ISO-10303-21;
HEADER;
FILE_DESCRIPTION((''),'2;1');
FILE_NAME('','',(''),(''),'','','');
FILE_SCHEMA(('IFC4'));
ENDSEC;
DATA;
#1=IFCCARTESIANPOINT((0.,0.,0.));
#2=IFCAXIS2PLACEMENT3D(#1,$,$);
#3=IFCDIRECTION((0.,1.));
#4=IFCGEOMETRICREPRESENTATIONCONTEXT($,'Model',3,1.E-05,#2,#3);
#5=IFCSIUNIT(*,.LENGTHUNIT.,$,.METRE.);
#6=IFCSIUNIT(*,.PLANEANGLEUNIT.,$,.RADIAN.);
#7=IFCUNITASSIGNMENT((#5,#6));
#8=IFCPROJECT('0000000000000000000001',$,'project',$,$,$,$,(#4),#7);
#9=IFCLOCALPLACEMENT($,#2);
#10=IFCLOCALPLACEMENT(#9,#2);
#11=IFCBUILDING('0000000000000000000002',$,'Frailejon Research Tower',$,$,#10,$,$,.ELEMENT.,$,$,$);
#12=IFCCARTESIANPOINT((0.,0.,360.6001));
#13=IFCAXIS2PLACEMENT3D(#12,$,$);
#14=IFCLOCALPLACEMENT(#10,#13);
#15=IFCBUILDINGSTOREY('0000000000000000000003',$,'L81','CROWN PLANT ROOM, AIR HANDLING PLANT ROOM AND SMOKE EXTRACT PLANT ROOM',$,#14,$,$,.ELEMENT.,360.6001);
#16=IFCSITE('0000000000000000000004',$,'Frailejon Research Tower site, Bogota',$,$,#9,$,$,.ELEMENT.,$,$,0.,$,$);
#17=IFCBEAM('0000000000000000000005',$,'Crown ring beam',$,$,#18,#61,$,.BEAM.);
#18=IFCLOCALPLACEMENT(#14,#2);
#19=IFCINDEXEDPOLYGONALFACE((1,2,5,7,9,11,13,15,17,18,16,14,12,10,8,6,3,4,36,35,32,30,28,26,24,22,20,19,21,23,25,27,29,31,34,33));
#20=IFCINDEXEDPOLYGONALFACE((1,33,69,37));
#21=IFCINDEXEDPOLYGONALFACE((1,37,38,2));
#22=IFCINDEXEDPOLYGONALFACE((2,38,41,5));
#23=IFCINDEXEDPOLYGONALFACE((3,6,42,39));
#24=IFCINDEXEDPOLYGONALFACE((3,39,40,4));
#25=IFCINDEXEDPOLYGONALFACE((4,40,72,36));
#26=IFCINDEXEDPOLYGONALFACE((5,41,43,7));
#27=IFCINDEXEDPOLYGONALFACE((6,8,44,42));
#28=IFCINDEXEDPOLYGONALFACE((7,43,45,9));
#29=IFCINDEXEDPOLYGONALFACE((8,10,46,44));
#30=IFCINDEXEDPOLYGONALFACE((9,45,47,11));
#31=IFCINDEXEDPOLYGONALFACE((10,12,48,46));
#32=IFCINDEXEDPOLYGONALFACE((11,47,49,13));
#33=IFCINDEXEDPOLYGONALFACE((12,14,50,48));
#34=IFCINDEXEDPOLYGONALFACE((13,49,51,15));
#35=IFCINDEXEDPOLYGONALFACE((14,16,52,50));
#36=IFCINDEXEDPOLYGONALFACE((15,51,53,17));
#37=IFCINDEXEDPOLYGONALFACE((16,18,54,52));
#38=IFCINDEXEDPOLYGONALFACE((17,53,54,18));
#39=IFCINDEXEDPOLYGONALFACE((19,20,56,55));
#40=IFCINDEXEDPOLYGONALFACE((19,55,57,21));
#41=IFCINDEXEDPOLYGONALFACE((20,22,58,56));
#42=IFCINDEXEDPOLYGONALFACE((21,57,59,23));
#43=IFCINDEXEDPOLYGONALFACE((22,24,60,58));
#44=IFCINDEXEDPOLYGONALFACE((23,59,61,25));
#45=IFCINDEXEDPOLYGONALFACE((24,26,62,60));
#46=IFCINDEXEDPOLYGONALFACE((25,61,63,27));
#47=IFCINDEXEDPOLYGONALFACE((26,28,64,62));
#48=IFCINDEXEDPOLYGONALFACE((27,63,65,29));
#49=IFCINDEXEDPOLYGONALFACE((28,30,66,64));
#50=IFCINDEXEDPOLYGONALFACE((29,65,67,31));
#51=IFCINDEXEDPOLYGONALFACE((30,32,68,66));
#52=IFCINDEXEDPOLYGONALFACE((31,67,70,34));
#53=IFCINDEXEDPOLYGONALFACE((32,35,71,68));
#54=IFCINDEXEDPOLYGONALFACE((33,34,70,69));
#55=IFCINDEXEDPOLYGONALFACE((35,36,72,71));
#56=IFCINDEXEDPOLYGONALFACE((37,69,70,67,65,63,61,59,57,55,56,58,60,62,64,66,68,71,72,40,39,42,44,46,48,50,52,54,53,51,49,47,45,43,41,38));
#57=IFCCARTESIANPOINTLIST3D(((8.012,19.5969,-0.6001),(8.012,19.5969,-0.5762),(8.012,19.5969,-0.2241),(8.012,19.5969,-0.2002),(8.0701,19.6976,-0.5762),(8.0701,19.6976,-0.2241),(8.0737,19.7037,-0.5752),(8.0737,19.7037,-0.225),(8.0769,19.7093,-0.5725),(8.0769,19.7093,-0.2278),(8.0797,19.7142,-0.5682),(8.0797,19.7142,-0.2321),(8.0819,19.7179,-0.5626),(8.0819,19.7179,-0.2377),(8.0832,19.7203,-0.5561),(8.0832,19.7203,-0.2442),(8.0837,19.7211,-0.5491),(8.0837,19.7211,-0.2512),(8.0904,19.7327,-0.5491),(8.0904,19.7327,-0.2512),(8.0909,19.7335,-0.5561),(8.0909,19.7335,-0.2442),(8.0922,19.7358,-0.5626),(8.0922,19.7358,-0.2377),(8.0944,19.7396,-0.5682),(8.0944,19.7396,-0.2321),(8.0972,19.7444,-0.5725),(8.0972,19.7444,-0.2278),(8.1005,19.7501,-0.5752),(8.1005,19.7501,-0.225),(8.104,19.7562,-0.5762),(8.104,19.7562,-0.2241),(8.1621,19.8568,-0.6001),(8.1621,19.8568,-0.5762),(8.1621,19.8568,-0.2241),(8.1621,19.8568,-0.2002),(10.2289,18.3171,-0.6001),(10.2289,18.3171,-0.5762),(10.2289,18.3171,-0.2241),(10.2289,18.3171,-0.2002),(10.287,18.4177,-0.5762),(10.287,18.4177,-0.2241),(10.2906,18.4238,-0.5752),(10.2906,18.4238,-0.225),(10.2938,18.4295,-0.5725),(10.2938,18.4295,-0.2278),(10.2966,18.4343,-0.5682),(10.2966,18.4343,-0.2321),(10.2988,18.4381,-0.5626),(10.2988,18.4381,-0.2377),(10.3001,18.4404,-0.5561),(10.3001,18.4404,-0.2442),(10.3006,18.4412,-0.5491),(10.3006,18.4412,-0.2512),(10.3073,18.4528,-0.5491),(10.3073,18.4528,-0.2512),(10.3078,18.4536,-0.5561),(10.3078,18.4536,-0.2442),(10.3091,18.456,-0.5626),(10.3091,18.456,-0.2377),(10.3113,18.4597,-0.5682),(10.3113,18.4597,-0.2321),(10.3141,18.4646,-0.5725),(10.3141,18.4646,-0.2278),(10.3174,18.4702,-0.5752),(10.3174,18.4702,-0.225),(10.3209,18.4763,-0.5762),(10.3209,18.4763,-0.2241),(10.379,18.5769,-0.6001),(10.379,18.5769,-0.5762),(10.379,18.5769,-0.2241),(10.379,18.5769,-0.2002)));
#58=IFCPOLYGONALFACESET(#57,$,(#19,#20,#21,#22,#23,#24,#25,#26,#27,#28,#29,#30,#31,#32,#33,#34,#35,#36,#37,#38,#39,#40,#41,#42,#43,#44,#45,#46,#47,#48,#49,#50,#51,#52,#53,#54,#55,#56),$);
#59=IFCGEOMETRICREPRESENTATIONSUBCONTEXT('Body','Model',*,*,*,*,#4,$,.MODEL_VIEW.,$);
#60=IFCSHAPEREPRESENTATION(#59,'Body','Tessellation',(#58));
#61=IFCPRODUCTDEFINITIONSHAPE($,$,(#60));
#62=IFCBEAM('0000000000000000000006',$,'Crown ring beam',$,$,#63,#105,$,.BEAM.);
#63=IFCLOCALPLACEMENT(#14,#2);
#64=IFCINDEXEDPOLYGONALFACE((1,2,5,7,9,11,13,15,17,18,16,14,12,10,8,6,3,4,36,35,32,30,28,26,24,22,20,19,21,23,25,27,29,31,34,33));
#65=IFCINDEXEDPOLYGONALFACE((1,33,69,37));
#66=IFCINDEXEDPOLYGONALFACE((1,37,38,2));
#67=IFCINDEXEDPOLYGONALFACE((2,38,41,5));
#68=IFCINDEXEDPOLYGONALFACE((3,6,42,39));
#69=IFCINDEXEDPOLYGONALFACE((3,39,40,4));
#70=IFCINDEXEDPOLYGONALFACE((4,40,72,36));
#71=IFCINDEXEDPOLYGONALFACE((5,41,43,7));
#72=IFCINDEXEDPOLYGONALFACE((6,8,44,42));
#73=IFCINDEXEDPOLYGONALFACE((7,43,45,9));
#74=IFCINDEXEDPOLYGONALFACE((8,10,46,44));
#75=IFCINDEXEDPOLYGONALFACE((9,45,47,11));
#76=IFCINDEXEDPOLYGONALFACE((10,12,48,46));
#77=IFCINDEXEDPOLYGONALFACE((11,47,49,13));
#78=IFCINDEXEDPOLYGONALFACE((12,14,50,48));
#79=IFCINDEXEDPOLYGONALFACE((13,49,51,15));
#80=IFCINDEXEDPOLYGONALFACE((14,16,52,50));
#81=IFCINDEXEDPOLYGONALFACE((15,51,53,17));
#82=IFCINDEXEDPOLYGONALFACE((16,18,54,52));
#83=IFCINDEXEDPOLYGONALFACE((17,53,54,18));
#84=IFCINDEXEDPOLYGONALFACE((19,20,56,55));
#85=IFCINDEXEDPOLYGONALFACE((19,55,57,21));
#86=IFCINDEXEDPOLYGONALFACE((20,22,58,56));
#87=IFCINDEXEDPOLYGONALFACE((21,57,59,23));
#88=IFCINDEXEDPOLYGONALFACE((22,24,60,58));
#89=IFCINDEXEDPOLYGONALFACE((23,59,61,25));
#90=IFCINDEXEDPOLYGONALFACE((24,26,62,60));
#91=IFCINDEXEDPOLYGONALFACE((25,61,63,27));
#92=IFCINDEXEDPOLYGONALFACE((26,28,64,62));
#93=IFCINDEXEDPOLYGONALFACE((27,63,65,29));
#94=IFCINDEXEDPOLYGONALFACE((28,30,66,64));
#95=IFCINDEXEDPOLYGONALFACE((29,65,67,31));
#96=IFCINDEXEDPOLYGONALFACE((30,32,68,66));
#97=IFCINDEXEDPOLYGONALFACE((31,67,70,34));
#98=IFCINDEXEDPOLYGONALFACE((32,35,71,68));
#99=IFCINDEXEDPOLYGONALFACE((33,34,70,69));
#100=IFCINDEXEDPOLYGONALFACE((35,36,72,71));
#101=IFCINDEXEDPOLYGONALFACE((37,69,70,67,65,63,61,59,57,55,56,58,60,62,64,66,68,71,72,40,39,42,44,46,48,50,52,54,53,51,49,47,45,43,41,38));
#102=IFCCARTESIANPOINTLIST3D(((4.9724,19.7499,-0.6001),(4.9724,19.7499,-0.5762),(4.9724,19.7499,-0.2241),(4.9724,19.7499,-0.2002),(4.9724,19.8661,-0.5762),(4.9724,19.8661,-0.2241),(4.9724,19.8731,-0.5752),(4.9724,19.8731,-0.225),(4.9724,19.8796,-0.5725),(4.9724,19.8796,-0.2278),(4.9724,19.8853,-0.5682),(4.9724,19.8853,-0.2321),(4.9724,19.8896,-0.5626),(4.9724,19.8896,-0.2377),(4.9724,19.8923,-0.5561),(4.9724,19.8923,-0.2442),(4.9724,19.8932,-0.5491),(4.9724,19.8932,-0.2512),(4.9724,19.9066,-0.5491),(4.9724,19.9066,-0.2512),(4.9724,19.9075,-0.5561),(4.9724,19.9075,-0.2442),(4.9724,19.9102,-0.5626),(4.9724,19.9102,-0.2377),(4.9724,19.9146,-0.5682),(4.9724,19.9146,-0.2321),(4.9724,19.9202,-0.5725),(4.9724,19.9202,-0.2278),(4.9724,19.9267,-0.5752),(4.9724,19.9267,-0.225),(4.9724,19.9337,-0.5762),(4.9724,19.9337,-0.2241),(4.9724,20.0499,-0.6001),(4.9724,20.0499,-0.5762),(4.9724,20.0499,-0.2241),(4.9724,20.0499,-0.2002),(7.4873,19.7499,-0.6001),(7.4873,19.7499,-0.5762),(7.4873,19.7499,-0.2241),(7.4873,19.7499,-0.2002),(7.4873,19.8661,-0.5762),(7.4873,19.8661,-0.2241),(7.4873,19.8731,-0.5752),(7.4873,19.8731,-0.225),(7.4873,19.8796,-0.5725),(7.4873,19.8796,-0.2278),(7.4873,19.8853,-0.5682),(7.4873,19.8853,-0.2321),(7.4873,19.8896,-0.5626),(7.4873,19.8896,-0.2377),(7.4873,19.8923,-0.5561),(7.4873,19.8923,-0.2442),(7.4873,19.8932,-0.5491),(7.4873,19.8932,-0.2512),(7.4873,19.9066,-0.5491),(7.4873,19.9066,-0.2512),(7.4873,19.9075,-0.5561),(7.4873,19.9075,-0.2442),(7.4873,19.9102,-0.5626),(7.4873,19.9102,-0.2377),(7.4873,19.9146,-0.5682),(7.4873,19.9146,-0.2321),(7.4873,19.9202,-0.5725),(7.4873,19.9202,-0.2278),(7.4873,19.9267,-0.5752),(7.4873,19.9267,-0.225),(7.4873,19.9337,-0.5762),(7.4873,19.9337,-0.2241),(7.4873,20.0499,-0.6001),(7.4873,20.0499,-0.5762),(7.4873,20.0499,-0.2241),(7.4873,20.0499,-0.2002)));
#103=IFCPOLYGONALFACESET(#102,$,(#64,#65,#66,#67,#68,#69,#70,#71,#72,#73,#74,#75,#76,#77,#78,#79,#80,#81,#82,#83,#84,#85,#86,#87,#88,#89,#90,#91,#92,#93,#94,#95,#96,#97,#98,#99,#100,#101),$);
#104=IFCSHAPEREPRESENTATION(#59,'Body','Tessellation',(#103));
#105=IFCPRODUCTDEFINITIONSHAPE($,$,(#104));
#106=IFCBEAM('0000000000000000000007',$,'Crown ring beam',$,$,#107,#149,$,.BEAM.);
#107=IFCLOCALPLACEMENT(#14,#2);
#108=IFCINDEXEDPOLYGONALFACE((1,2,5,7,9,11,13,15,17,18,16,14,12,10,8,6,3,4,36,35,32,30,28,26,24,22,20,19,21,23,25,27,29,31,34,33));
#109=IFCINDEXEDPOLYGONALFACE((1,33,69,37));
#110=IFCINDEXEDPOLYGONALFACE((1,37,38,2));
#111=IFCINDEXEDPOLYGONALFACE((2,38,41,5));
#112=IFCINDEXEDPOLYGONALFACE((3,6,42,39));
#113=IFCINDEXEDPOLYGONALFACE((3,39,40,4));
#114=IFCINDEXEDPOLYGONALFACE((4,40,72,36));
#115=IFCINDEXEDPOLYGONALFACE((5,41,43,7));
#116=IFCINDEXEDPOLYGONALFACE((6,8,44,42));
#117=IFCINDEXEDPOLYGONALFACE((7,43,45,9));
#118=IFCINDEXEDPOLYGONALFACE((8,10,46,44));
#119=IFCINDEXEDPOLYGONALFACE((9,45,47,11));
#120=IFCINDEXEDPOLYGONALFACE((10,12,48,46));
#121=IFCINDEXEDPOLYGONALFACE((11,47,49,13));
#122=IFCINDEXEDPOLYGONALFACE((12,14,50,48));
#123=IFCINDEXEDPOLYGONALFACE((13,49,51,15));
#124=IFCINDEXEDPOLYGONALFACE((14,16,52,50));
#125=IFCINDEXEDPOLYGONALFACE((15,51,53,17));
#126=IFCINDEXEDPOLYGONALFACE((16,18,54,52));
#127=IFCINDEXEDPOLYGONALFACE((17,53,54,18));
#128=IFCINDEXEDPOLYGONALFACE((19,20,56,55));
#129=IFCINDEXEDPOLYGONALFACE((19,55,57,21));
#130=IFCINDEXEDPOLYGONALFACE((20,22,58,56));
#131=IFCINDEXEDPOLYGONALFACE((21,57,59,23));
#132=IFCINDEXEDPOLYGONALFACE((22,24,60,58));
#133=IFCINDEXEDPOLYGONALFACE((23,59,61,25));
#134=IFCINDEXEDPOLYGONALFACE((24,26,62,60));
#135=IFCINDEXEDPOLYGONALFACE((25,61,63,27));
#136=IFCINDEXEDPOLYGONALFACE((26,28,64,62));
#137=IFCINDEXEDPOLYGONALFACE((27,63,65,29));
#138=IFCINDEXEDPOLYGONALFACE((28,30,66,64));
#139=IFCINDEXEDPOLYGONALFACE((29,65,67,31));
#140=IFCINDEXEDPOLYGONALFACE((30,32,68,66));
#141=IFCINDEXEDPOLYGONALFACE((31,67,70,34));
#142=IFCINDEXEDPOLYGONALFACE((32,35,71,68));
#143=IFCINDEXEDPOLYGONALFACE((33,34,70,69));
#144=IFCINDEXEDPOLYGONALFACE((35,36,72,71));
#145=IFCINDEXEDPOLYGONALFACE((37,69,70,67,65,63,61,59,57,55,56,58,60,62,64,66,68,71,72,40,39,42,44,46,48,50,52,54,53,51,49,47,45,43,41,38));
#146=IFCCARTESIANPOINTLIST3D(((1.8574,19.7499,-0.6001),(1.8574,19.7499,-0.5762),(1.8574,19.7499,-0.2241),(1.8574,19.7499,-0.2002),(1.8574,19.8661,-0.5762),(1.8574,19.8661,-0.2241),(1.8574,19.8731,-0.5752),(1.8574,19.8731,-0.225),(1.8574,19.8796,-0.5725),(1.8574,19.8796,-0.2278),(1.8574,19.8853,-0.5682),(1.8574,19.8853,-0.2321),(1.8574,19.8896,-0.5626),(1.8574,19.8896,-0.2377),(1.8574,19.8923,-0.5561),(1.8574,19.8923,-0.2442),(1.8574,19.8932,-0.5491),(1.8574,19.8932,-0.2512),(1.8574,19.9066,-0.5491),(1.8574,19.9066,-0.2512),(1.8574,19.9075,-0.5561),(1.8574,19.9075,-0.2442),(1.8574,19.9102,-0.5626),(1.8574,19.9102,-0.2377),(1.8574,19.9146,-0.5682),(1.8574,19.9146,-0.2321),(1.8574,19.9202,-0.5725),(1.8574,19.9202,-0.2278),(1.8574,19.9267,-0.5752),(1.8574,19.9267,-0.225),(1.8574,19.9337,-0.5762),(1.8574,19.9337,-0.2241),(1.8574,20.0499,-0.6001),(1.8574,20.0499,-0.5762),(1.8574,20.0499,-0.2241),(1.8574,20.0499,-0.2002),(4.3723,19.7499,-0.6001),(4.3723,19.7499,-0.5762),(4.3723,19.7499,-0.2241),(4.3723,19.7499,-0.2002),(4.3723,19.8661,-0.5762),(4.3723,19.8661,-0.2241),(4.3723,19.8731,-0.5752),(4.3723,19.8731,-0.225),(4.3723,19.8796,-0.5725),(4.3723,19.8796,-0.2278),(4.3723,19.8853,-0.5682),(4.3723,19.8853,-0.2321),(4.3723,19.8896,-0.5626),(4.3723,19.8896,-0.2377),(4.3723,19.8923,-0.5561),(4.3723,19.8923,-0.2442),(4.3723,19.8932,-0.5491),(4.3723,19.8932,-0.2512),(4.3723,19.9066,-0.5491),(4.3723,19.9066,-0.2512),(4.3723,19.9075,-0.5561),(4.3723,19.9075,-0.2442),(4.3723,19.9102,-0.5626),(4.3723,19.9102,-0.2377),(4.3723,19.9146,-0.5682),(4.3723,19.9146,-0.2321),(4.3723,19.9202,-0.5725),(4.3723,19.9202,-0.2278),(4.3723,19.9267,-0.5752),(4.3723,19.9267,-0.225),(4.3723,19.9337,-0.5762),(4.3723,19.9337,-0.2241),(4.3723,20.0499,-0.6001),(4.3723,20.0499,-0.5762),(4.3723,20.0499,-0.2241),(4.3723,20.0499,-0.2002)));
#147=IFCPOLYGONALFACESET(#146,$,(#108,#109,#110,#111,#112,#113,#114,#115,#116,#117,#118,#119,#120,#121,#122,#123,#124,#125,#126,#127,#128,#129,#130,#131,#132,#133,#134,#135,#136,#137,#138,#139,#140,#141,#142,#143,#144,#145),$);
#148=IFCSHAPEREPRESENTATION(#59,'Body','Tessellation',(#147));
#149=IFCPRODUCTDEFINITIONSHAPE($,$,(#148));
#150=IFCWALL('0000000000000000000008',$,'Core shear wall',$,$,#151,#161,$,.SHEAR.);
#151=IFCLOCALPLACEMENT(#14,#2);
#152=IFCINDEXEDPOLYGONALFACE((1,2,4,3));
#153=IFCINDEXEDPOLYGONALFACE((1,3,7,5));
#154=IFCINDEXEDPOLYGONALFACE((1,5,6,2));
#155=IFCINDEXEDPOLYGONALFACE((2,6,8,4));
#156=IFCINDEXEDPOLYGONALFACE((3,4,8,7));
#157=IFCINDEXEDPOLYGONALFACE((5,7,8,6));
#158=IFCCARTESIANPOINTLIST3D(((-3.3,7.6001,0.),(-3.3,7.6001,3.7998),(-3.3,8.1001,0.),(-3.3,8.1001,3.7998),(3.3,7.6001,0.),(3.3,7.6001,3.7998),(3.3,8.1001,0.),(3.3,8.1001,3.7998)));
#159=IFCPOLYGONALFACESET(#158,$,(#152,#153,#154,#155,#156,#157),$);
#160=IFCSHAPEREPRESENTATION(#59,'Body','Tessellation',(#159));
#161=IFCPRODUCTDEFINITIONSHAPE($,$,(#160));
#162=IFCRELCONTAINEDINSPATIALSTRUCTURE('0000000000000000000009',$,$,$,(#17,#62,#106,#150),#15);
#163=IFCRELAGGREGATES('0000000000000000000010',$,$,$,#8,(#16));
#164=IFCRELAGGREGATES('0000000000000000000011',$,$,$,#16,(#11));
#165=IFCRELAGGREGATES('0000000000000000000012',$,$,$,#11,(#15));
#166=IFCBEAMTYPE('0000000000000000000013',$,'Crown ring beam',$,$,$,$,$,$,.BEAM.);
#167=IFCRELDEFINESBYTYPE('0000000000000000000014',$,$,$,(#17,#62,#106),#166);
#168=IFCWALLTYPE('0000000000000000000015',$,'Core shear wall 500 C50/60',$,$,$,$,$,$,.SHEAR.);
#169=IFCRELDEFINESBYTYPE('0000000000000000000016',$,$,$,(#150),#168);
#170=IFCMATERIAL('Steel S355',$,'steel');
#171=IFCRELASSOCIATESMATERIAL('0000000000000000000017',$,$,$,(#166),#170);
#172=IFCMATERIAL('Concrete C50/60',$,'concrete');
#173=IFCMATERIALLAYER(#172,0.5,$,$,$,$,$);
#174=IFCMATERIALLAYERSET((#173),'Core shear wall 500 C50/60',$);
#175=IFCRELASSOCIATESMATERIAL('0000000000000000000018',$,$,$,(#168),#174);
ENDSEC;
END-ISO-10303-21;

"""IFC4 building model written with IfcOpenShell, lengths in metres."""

from ifc_helpers import new_model, si_unit, direction, frame, frame_2d, origin, origin_2d, place, context, subcontext, project, spatial, rectangle, i_section, extrude, material, layer, layer_set, material_profile, profile_set, type_object, element, save


model = new_model("IFC4")

# Units and contexts
model_context = context("Model", 3, precision=1e-05, world=origin(), true_north=direction((0.0, 1.0)))
body_context = subcontext(model_context, "Body", "Model", "MODEL_VIEW")
ifc_project = project(units=[si_unit("LENGTHUNIT", "METRE"), si_unit("PLANEANGLEUNIT", "RADIAN")], contexts=[model_context])

# Site, building, storey
site_placement = place(None, origin())
site = spatial("IfcSite", under=ifc_project, at=site_placement, Name="Frailejon Research Tower site, Bogota", CompositionType="ELEMENT", RefElevation=0.0)
building_placement = place(site_placement, origin())
building = spatial("IfcBuilding", under=site, at=building_placement, Name="Frailejon Research Tower", CompositionType="ELEMENT")
storey_placement = place(building_placement, frame((0.0, 0.0, 360.6001)))
storey = spatial("IfcBuildingStorey", under=building, at=storey_placement, Name="L81", Description="CROWN PLANT ROOM, AIR HANDLING PLANT ROOM AND SMOKE EXTRACT PLANT ROOM", CompositionType="ELEMENT", Elevation=360.6001)

# Beams
ifc_material_1 = material(Name="Steel S355", Category="steel")
ifc_material_profile_1 = material_profile(ifc_material_1, i_section(OverallWidth=0.3, OverallDepth=0.3999, WebThickness=0.0134, FlangeThickness=0.0239, FilletRadius=0.0271, at=origin_2d()), Name="HE 400 B")
ifc_profile_set_1 = profile_set([ifc_material_profile_1], Name="Steel S355")
beam_type_1 = type_object("IfcBeamType", Name="Crown ring beam", PredefinedType="BEAM", material=ifc_profile_set_1)
beam_1_placement = place(storey_placement, frame((10.304, 18.447, -0.4001), z_axis=(-0.866039, 0.499976, 0.0), x_axis=(-0.499976, -0.866039, 0.0)))
element("IfcBeam", 1, at=beam_1_placement, inside=storey, type_object=beam_type_1, Name="Crown ring beam", PredefinedType="BEAM", context=body_context, shape_type="SweptSolid", body=[
    extrude(i_section(OverallWidth=0.3, OverallDepth=0.3999, WebThickness=0.0134, FlangeThickness=0.0239, FilletRadius=0.0271, at=origin_2d()), origin(), (0.0, 0.0, 1.0), 2.5598),
])
for number, where, z_axis, x_axis, name in (
    (2, (7.4873, 19.8999, -0.4001), (-1.0, 0.0, 0.0), (0.0, -1.0, 0.0), "Crown ring beam"),
    (3, (4.3723, 19.8999, -0.4001), (-1.0, 0.0, 0.0), (0.0, -1.0, 0.0), "Crown ring beam"),
):
    element("IfcBeam", number, at=place(storey_placement, frame(where, z_axis=z_axis, x_axis=x_axis)), inside=storey, type_object=beam_type_1, Name=name, PredefinedType="BEAM", context=body_context, shape_type="SweptSolid", body=[
        extrude(i_section(OverallWidth=0.3, OverallDepth=0.3999, WebThickness=0.0134, FlangeThickness=0.0239, FilletRadius=0.0271, at=origin_2d()), origin(), (0.0, 0.0, 1.0), 2.5149),
    ])

# Wall
ifc_material_2 = material(Name="Concrete C50/60", Category="concrete")
ifc_layer_1 = layer(ifc_material_2, 0.5)
ifc_layer_set_1 = layer_set([ifc_layer_1], Name="Core shear wall 500 C50/60")
wall_type_1 = type_object("IfcWallType", Name="Core shear wall 500 C50/60", PredefinedType="SHEAR", material=ifc_layer_set_1)
wall_1_placement = place(storey_placement, frame((3.3, 7.8501, 0.0), z_axis=(0.0, 0.0, 1.0), x_axis=(-1.0, 0.0, 0.0)))
element("IfcWall", 4, at=wall_1_placement, inside=storey, type_object=wall_type_1, Name="Core shear wall", PredefinedType="SHEAR", context=body_context, shape_type="SweptSolid", body=[
    extrude(rectangle(XDim=6.6001, YDim=0.5, at=frame_2d((3.3, 0.0))), origin(), (0.0, 0.0, 1.0), 3.7998),
])

save(model, "model.ifc")
